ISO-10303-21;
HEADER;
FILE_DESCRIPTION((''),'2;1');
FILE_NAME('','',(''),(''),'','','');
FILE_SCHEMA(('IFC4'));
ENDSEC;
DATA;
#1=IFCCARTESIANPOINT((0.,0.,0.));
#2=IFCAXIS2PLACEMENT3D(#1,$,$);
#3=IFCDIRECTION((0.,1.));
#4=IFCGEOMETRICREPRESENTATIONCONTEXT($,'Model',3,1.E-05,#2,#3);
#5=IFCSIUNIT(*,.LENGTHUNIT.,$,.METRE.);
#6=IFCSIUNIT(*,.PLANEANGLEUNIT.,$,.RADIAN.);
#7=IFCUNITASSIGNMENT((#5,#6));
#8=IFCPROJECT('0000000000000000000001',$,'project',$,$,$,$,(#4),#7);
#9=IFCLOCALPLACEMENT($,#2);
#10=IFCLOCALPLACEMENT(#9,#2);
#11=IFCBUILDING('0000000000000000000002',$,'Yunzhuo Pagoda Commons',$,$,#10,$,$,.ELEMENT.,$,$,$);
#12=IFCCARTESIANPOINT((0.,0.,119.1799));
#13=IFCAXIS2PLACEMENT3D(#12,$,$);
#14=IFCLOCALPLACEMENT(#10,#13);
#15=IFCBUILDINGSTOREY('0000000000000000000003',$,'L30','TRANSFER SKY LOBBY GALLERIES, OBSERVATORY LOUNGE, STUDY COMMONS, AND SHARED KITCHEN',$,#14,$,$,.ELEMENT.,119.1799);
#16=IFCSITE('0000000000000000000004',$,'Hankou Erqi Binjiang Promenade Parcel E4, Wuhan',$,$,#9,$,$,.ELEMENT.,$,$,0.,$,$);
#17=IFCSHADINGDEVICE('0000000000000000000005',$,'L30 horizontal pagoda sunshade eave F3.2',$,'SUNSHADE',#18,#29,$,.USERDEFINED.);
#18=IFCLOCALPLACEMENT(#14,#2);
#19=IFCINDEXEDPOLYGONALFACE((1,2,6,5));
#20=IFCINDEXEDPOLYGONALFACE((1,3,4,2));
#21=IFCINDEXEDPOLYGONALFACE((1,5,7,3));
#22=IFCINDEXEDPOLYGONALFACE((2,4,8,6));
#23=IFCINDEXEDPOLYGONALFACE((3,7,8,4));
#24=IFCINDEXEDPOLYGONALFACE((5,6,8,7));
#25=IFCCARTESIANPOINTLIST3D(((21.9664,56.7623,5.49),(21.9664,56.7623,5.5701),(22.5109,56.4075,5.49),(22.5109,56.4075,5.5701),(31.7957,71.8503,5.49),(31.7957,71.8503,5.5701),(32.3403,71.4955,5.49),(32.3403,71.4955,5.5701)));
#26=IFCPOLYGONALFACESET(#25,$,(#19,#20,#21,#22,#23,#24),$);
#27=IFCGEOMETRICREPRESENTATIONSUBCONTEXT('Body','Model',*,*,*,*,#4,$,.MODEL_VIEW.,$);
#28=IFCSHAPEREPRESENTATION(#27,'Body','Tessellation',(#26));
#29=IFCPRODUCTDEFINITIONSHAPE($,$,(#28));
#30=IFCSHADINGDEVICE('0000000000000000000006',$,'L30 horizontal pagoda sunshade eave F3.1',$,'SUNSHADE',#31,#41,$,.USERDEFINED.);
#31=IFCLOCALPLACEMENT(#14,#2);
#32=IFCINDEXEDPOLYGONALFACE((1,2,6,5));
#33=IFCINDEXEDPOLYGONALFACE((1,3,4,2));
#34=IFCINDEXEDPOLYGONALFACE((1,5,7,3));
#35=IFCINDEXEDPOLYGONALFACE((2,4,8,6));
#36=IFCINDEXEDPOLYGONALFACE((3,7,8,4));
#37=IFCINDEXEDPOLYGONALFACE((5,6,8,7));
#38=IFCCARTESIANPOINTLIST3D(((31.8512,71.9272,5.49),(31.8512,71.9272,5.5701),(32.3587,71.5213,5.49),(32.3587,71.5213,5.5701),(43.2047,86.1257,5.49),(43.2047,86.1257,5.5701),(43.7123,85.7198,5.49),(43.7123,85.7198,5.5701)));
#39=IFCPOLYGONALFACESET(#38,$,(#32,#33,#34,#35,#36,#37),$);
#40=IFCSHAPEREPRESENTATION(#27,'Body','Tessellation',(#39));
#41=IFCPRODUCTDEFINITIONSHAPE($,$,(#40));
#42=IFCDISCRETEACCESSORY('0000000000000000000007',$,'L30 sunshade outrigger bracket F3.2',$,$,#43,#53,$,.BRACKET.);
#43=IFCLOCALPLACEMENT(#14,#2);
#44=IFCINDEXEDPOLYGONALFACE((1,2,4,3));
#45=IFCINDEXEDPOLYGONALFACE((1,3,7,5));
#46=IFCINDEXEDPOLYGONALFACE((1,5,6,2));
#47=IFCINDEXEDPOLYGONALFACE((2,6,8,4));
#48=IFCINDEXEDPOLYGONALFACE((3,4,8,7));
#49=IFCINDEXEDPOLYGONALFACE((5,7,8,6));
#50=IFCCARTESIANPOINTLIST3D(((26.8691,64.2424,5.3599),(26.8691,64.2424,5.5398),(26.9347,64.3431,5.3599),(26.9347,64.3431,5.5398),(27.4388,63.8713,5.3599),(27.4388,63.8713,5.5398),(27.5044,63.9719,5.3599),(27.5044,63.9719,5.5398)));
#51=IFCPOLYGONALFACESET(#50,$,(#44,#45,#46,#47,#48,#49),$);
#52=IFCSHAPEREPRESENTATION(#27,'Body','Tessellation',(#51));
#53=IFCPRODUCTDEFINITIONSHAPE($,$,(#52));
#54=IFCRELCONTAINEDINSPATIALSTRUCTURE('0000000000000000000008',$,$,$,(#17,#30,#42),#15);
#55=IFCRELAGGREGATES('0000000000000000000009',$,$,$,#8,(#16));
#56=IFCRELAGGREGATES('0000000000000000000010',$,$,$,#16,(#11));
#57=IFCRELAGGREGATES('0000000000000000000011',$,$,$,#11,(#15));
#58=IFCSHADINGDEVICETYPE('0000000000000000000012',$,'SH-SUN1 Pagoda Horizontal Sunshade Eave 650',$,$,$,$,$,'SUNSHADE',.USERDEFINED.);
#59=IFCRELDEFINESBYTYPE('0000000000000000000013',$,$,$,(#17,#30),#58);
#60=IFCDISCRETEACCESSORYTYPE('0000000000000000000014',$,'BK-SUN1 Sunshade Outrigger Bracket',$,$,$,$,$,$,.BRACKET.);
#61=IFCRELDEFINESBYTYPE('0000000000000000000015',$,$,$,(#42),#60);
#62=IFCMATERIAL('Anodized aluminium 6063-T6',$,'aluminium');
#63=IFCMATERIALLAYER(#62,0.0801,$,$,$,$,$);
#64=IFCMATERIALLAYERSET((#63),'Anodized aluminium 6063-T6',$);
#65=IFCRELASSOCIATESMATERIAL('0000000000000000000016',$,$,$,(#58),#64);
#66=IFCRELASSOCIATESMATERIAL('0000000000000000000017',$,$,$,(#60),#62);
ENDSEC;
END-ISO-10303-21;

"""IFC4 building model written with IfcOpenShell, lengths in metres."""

from ifc_helpers import new_model, si_unit, direction, frame, origin, origin_2d, place, context, subcontext, project, spatial, rectangle, extrude, source, transform, mapped, material, layer, layer_set, type_object, element, save


model = new_model("IFC4")

# Units and contexts
model_context = context("Model", 3, precision=1e-05, world=origin(), true_north=direction((0.0, 1.0)))
body_context = subcontext(model_context, "Body", "Model", "MODEL_VIEW")
ifc_project = project(units=[si_unit("LENGTHUNIT", "METRE"), si_unit("PLANEANGLEUNIT", "RADIAN")], contexts=[model_context])

# Site, building, storey
site_placement = place(None, origin())
site = spatial("IfcSite", under=ifc_project, at=site_placement, Name="Hankou Erqi Binjiang Promenade Parcel E4, Wuhan", CompositionType="ELEMENT", RefElevation=0.0)
building_placement = place(site_placement, origin())
building = spatial("IfcBuilding", under=site, at=building_placement, Name="Yunzhuo Pagoda Commons", CompositionType="ELEMENT")
storey_placement = place(building_placement, frame((0.0, 0.0, 119.1799)))
storey = spatial("IfcBuildingStorey", under=building, at=storey_placement, Name="L30", Description="TRANSFER SKY LOBBY GALLERIES, OBSERVATORY LOUNGE, STUDY COMMONS, AND SHARED KITCHEN", CompositionType="ELEMENT", Elevation=119.1799)

# Shared definitions
ifc_material_1 = material(Name="Anodized aluminium 6063-T6", Category="aluminium")

# Shading devices
ifc_layer_1 = layer(ifc_material_1, 0.0801)
ifc_layer_set_1 = layer_set([ifc_layer_1], Name="Anodized aluminium 6063-T6")
shading_device_type = type_object("IfcShadingDeviceType", Name="SH-SUN1 Pagoda Horizontal Sunshade Eave 650", ElementType="SUNSHADE", PredefinedType="USERDEFINED", material=ifc_layer_set_1)
shared_shape_1 = source(origin(), body_context, "Body", "SweptSolid", [
    extrude(rectangle(XDim=18.0073, YDim=0.6499, at=origin_2d()), origin(), (0.0, 0.0, 1.0), 0.0801),
])
shading_device_1_placement = place(storey_placement, frame((27.1533, 64.1289, 5.49), z_axis=(0.0, 0.0, 1.0), x_axis=(-0.545853, -0.837881, 0.0)))
element("IfcShadingDevice", 1, at=shading_device_1_placement, inside=storey, type_object=shading_device_type, Name="L30 horizontal pagoda sunshade eave F3.2", ObjectType="SUNSHADE", PredefinedType="USERDEFINED", context=body_context, shape_type="MappedRepresentation", body=[
    mapped(shared_shape_1, transform((0.0, 0.0, 0.0), scale=1.0)),
])
shared_shape_2 = source(origin(), body_context, "Body", "SweptSolid", [
    extrude(rectangle(XDim=18.1797, YDim=0.6499, at=origin_2d()), origin(), (0.0, 0.0, 1.0), 0.0801),
])
shading_device_2_placement = place(storey_placement, frame((37.7817, 78.8235, 5.49), z_axis=(0.0, 0.0, 1.0), x_axis=(-0.62452, -0.781008, 0.0)))
element("IfcShadingDevice", 2, at=shading_device_2_placement, inside=storey, type_object=shading_device_type, Name="L30 horizontal pagoda sunshade eave F3.1", ObjectType="SUNSHADE", PredefinedType="USERDEFINED", context=body_context, shape_type="MappedRepresentation", body=[
    mapped(shared_shape_2, transform((0.0, 0.0, 0.0), scale=1.0)),
])

# Discrete accessory
discrete_accessory_type = type_object("IfcDiscreteAccessoryType", Name="BK-SUN1 Sunshade Outrigger Bracket", PredefinedType="BRACKET", material=ifc_material_1)
shared_shape_3 = source(origin(), body_context, "Body", "SweptSolid", [
    extrude(rectangle(XDim=0.1201, YDim=0.6799, at=origin_2d()), origin(), (0.0, 0.0, 1.0), 0.1799),
])
discrete_accessory_placement = place(storey_placement, frame((27.1868, 64.1072, 5.3599), z_axis=(0.0, 0.0, 1.0), x_axis=(-0.545853, -0.837881, 0.0)))
element("IfcDiscreteAccessory", 3, at=discrete_accessory_placement, inside=storey, type_object=discrete_accessory_type, Name="L30 sunshade outrigger bracket F3.2", PredefinedType="BRACKET", context=body_context, shape_type="MappedRepresentation", body=[
    mapped(shared_shape_3, transform((0.0, 0.0, 0.0), scale=1.0)),
])

save(model, "model.ifc")
